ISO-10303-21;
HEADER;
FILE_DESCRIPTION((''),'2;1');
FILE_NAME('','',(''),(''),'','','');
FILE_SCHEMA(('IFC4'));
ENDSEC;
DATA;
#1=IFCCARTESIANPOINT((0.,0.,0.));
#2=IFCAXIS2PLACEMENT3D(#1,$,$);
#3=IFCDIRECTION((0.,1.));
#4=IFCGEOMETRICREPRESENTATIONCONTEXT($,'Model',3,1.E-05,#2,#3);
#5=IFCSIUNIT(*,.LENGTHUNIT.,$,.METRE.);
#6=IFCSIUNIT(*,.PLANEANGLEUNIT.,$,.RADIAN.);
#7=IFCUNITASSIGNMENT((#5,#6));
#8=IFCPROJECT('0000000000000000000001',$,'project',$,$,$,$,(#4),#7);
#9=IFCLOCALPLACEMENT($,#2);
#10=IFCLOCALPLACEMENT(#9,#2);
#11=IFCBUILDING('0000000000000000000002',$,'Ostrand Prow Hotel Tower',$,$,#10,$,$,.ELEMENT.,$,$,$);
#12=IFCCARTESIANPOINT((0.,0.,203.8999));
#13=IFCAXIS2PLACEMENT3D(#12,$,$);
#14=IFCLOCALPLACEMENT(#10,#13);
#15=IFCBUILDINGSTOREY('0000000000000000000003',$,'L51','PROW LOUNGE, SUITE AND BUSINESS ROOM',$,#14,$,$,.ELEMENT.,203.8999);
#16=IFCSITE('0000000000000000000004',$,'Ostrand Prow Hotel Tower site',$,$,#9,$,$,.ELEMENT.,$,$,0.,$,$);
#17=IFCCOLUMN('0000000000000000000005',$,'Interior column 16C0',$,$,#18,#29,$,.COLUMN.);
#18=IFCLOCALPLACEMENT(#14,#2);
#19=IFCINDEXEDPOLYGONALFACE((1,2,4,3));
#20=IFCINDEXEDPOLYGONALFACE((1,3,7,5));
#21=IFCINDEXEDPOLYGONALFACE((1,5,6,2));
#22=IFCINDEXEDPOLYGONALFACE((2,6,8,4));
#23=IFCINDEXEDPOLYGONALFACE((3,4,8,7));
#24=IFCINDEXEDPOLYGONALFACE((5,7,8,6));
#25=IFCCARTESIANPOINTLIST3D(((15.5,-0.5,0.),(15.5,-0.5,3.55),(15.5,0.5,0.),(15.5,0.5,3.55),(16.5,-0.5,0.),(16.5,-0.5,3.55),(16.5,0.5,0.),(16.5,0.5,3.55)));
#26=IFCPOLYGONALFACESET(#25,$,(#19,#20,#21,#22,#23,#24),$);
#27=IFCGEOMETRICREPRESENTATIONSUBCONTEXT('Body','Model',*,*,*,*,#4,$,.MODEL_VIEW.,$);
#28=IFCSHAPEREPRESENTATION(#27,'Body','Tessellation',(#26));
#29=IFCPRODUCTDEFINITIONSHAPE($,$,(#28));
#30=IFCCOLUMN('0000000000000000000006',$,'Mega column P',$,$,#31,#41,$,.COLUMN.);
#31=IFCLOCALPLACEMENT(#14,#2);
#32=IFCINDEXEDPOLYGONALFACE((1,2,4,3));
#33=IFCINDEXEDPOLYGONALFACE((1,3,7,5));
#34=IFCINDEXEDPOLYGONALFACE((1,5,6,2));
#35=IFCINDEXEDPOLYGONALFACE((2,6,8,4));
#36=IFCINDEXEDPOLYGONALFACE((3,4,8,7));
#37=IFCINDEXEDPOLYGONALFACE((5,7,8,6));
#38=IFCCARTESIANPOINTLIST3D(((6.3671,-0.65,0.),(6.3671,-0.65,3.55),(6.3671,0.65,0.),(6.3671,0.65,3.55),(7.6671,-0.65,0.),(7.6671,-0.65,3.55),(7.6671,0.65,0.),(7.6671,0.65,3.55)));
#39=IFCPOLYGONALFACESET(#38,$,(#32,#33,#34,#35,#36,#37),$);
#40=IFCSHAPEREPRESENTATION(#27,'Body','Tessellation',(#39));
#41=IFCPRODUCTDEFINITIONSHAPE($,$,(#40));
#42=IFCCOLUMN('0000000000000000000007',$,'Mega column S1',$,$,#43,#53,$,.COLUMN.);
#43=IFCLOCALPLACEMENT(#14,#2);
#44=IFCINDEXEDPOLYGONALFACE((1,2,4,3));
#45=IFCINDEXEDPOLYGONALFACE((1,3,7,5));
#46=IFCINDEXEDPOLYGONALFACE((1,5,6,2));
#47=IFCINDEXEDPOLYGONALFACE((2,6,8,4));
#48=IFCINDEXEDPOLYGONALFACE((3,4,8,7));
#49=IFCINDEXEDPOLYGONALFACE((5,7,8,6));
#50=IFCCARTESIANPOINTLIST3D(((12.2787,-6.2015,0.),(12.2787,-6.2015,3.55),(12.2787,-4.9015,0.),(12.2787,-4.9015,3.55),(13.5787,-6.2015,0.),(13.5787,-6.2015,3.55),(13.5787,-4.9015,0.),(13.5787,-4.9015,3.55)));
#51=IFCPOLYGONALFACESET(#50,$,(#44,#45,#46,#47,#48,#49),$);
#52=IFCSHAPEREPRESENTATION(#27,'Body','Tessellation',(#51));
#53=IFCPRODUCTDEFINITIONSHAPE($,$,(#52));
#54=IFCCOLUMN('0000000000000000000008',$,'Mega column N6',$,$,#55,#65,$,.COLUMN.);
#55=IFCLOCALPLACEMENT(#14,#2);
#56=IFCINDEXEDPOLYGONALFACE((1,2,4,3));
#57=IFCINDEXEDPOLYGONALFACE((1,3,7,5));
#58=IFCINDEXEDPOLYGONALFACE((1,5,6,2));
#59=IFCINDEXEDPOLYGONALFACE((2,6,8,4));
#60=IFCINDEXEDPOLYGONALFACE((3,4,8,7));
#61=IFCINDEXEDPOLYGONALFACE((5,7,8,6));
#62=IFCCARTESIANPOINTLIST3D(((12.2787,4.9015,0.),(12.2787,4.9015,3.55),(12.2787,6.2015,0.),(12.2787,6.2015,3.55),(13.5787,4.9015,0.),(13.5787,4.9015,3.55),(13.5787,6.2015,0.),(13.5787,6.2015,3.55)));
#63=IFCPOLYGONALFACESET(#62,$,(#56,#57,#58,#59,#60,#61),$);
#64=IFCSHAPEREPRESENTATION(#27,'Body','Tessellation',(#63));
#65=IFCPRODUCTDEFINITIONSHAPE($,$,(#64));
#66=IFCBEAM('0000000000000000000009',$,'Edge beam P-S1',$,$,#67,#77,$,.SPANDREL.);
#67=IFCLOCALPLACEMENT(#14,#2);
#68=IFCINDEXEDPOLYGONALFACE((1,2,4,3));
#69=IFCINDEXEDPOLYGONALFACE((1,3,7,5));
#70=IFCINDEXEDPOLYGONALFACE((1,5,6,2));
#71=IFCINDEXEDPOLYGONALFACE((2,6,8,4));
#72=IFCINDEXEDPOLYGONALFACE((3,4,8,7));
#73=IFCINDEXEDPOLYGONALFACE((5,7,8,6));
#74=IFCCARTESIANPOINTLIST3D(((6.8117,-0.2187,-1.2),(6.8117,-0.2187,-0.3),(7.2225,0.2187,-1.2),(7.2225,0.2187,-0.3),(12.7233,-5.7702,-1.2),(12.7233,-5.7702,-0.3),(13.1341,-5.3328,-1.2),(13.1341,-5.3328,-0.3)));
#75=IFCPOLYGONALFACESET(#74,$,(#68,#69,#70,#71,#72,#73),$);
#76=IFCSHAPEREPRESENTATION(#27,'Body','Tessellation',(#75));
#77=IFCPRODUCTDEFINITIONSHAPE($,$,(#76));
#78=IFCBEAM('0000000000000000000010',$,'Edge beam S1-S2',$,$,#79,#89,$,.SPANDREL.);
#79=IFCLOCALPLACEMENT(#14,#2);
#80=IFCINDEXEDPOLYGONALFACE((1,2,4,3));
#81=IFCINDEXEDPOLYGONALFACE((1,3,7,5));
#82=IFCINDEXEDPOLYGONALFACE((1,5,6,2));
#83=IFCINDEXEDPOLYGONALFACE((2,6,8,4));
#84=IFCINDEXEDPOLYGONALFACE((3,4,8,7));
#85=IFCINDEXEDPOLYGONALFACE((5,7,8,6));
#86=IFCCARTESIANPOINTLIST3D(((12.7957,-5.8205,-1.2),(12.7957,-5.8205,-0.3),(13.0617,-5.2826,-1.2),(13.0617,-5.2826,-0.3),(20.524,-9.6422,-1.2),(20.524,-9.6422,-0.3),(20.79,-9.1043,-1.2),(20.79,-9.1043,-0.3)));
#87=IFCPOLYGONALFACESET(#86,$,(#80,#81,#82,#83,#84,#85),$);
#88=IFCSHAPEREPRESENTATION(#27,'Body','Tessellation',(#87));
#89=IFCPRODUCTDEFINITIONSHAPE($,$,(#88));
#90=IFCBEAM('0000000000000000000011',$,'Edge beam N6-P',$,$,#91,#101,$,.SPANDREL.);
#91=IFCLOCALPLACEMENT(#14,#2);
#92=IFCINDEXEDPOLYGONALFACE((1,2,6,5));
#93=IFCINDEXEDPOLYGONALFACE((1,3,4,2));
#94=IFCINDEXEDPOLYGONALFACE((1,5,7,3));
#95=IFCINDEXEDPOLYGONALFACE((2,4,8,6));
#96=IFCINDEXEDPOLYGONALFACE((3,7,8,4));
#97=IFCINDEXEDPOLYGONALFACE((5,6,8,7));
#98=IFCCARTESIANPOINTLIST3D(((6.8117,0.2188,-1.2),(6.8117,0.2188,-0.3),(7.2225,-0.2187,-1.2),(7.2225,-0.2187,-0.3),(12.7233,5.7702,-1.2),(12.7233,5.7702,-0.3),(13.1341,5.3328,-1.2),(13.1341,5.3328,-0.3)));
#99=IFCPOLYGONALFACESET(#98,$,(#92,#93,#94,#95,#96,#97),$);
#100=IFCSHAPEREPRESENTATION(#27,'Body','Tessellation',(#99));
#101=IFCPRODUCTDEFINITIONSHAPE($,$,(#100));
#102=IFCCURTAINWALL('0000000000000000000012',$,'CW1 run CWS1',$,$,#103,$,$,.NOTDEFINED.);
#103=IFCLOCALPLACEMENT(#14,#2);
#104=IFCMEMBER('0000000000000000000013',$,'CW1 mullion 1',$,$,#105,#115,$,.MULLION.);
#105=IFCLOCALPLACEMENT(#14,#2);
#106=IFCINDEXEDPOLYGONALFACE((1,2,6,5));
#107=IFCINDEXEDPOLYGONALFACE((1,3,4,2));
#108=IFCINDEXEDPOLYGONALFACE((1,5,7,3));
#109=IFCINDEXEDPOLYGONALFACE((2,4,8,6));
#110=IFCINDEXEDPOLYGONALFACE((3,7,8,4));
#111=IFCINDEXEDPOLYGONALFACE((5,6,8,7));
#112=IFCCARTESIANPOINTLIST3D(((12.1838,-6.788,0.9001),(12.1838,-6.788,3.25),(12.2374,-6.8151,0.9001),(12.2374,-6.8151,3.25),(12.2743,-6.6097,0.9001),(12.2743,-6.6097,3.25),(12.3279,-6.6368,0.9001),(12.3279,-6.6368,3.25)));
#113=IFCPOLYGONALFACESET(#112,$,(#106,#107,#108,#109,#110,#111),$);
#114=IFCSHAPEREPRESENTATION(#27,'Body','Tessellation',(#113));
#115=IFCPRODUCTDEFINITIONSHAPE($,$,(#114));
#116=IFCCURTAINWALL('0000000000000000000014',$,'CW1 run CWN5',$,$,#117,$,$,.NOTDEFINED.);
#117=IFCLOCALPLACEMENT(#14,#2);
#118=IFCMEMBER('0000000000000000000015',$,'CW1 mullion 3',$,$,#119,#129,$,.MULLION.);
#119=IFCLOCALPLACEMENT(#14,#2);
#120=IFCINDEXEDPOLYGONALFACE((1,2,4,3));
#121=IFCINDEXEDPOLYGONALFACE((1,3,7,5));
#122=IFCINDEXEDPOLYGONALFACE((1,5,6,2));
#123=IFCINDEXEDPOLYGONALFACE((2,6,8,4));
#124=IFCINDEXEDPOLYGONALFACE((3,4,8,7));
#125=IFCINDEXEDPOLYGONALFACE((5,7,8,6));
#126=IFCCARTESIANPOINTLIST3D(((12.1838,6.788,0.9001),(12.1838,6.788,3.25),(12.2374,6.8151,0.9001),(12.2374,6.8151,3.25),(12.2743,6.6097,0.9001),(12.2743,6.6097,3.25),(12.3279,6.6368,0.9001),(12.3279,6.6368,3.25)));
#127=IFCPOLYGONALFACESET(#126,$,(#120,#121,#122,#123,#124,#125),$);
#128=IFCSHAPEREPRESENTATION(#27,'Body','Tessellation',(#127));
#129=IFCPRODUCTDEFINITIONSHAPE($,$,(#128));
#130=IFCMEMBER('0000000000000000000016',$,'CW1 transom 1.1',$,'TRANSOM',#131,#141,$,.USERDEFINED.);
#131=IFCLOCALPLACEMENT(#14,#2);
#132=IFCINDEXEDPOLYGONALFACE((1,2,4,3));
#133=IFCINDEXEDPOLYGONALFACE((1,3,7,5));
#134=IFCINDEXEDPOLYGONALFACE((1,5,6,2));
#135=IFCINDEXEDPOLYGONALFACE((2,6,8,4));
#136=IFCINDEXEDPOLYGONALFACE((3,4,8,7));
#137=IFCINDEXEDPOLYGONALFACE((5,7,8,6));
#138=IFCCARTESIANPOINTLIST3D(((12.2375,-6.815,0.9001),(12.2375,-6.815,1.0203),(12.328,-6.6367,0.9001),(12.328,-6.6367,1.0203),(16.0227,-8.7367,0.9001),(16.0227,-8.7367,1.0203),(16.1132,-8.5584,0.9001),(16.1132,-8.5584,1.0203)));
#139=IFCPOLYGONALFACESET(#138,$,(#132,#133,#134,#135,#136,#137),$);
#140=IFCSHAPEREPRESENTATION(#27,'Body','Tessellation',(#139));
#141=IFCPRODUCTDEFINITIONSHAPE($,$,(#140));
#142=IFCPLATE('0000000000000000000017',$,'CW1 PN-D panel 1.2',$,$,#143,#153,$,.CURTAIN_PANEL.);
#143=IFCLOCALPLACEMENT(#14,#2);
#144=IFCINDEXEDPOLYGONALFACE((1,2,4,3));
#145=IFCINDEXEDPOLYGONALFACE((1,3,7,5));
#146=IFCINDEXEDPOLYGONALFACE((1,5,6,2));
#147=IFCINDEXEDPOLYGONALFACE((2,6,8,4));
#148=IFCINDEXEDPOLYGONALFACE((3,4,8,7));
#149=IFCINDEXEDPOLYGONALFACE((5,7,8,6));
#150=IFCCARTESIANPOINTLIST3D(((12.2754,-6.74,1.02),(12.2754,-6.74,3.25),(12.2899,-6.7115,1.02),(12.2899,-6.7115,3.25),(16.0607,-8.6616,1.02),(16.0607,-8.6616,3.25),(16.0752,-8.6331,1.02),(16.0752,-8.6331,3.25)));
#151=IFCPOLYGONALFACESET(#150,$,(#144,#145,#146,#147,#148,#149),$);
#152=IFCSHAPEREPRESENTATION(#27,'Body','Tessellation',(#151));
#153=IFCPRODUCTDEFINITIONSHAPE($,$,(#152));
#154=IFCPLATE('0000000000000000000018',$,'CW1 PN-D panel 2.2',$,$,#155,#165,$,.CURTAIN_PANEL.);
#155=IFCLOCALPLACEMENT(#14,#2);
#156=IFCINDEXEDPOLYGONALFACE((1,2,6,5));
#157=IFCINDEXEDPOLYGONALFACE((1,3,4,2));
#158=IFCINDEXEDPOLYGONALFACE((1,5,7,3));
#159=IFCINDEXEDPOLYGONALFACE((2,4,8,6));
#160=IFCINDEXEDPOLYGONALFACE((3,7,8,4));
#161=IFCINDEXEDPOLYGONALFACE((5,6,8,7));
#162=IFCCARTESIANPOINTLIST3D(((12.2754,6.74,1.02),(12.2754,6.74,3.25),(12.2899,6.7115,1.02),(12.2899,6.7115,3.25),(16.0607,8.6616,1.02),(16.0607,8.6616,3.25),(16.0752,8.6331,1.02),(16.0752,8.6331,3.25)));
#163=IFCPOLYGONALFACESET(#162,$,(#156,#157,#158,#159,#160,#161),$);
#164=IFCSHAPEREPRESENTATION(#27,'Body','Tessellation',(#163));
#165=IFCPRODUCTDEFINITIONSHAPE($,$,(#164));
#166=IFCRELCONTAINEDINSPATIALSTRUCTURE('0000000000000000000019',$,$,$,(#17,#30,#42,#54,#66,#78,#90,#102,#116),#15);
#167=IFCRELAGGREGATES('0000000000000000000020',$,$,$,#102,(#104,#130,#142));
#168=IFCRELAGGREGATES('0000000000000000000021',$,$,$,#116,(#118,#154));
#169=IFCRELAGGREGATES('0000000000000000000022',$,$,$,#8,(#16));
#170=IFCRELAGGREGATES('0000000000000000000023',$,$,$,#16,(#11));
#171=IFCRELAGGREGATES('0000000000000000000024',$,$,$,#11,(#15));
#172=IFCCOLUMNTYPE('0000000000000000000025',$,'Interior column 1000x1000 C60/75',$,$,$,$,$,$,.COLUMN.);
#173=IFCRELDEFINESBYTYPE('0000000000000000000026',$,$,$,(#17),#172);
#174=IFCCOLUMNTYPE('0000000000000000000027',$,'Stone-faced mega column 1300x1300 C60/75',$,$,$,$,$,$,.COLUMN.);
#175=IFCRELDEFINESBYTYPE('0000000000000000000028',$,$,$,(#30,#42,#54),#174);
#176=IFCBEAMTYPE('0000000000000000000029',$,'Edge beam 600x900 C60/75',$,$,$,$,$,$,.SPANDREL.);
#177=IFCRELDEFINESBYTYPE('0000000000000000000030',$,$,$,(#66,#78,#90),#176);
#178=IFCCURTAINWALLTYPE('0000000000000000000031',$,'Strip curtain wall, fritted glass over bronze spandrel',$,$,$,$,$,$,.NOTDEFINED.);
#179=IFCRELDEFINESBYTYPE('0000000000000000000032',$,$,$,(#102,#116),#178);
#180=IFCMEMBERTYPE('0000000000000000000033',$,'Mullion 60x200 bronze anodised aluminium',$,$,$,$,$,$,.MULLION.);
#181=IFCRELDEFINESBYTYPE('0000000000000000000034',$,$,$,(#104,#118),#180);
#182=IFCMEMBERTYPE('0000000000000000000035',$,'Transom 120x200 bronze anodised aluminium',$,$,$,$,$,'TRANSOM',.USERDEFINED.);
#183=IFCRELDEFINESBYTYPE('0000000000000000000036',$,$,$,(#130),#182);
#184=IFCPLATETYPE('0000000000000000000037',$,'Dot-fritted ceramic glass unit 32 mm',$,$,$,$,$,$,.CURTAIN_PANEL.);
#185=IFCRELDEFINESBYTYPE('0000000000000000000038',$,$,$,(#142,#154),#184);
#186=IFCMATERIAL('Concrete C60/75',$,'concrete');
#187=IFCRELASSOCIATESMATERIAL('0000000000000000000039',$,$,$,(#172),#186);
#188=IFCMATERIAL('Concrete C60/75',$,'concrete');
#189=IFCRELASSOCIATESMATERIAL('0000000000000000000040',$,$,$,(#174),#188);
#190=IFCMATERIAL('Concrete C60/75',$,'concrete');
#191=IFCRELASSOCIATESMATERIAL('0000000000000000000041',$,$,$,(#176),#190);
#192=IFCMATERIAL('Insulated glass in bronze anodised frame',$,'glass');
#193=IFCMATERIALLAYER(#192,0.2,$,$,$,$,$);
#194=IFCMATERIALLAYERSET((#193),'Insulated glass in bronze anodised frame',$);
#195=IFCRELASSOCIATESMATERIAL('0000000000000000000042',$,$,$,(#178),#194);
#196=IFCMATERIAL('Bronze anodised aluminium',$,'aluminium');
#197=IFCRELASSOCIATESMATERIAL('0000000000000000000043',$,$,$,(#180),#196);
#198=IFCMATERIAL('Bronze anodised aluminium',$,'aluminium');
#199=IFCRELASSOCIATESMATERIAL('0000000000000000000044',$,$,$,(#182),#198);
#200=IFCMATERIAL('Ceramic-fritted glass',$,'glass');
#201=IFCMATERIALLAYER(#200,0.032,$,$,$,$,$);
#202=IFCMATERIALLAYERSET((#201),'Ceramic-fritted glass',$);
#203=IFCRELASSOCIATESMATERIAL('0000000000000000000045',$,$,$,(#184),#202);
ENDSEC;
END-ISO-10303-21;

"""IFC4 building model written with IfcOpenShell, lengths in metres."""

from ifc_helpers import new_model, si_unit, direction, frame, origin, origin_2d, place, context, subcontext, project, spatial, rectangle, extrude, material, layer, layer_set, material_profile, profile_set, type_object, element, aggregate, save


model = new_model("IFC4")

# Units and contexts
model_context = context("Model", 3, precision=1e-05, world=origin(), true_north=direction((0.0, 1.0)))
body_context = subcontext(model_context, "Body", "Model", "MODEL_VIEW")
ifc_project = project(units=[si_unit("LENGTHUNIT", "METRE"), si_unit("PLANEANGLEUNIT", "RADIAN")], contexts=[model_context])

# Site, building, storey
site_placement = place(None, origin())
site = spatial("IfcSite", under=ifc_project, at=site_placement, Name="Ostrand Prow Hotel Tower site", CompositionType="ELEMENT", RefElevation=0.0)
building_placement = place(site_placement, origin())
building = spatial("IfcBuilding", under=site, at=building_placement, Name="Ostrand Prow Hotel Tower", CompositionType="ELEMENT")
storey_placement = place(building_placement, frame((0.0, 0.0, 203.8999)))
storey = spatial("IfcBuildingStorey", under=building, at=storey_placement, Name="L51", Description="PROW LOUNGE, SUITE AND BUSINESS ROOM", CompositionType="ELEMENT", Elevation=203.8999)

# Columns
ifc_material_1 = material(Name="Concrete C60/75", Category="concrete")
ifc_material_profile_1 = material_profile(ifc_material_1, rectangle(XDim=1.0, YDim=1.0, at=origin_2d()), Name="RC 1000x1000")
ifc_profile_set_1 = profile_set([ifc_material_profile_1], Name="Concrete C60/75")
column_type_1 = type_object("IfcColumnType", Name="Interior column 1000x1000 C60/75", PredefinedType="COLUMN", material=ifc_profile_set_1)
column_placement = place(storey_placement, frame((16.0, 0.0, 0.0), z_axis=(0.0, 0.0, 1.0), x_axis=(1.0, 0.0, 0.0)))
element("IfcColumn", 1, at=column_placement, inside=storey, type_object=column_type_1, Name="Interior column 16C0", PredefinedType="COLUMN", context=body_context, shape_type="SweptSolid", body=[
    extrude(rectangle(XDim=1.0, YDim=1.0, at=origin_2d()), origin(), (0.0, 0.0, 1.0), 3.55),
])
ifc_material_2 = material(Name="Concrete C60/75", Category="concrete")
ifc_material_profile_2 = material_profile(ifc_material_2, rectangle(XDim=1.3, YDim=1.3, at=origin_2d()), Name="RC 1300x1300")
ifc_profile_set_2 = profile_set([ifc_material_profile_2], Name="Concrete C60/75")
column_type_2 = type_object("IfcColumnType", Name="Stone-faced mega column 1300x1300 C60/75", PredefinedType="COLUMN", material=ifc_profile_set_2)
for number, where, z_axis, x_axis, name in (
    (2, (7.0171, 0.0, 0.0), (0.0, 0.0, 1.0), (1.0, 0.0, 0.0), "Mega column P"),
    (3, (12.9287, -5.5515, 0.0), (0.0, 0.0, 1.0), (1.0, 0.0, 0.0), "Mega column S1"),
    (4, (12.9287, 5.5515, 0.0), (0.0, 0.0, 1.0), (1.0, 0.0, 0.0), "Mega column N6"),
):
    element("IfcColumn", number, at=place(storey_placement, frame(where, z_axis=z_axis, x_axis=x_axis)), inside=storey, type_object=column_type_2, Name=name, PredefinedType="COLUMN", context=body_context, shape_type="SweptSolid", body=[
        extrude(rectangle(XDim=1.3, YDim=1.3, at=origin_2d()), origin(), (0.0, 0.0, 1.0), 3.55),
    ])

# Beams
ifc_material_3 = material(Name="Concrete C60/75", Category="concrete")
ifc_material_profile_3 = material_profile(ifc_material_3, rectangle(XDim=0.6001, YDim=0.8999, at=origin_2d()), Name="RC 600x900")
ifc_profile_set_3 = profile_set([ifc_material_profile_3], Name="Concrete C60/75")
beam_type = type_object("IfcBeamType", Name="Edge beam 600x900 C60/75", PredefinedType="SPANDREL", material=ifc_profile_set_3)
beam_1_placement = place(storey_placement, frame((7.0171, 0.0, -0.75), z_axis=(0.728961, -0.684556, 0.0), x_axis=(0.684556, 0.728961, 0.0)))
element("IfcBeam", 5, at=beam_1_placement, inside=storey, type_object=beam_type, Name="Edge beam P-S1", PredefinedType="SPANDREL", context=body_context, shape_type="SweptSolid", body=[
    extrude(rectangle(XDim=0.6001, YDim=0.8999, at=origin_2d()), origin(), (0.0, 0.0, 1.0), 8.1096),
])
beam_2_placement = place(storey_placement, frame((12.9287, -5.5515, -0.75), z_axis=(0.896384, -0.443279, 0.0), x_axis=(0.443279, 0.896384, 0.0)))
element("IfcBeam", 6, at=beam_2_placement, inside=storey, type_object=beam_type, Name="Edge beam S1-S2", PredefinedType="SPANDREL", context=body_context, shape_type="SweptSolid", body=[
    extrude(rectangle(XDim=0.6001, YDim=0.8999, at=origin_2d()), origin(), (0.0, 0.0, 1.0), 8.6216),
])
beam_3_placement = place(storey_placement, frame((12.9287, 5.5515, -0.75), z_axis=(-0.728961, -0.684556, 0.0), x_axis=(0.684556, -0.728961, 0.0)))
element("IfcBeam", 7, at=beam_3_placement, inside=storey, type_object=beam_type, Name="Edge beam N6-P", PredefinedType="SPANDREL", context=body_context, shape_type="SweptSolid", body=[
    extrude(rectangle(XDim=0.6001, YDim=0.8999, at=origin_2d()), origin(), (0.0, 0.0, 1.0), 8.1096),
])

# Curtain walls, members
ifc_material_4 = material(Name="Insulated glass in bronze anodised frame", Category="glass")
ifc_layer_1 = layer(ifc_material_4, 0.2)
ifc_layer_set_1 = layer_set([ifc_layer_1], Name="Insulated glass in bronze anodised frame")
curtain_wall_type = type_object("IfcCurtainWallType", Name="Strip curtain wall, fritted glass over bronze spandrel", PredefinedType="NOTDEFINED", material=ifc_layer_set_1)
curtain_wall_1_placement = place(storey_placement, origin())
curtain_wall_1 = element("IfcCurtainWall", 8, at=curtain_wall_1_placement, inside=storey, type_object=curtain_wall_type, Name="CW1 run CWS1", PredefinedType="NOTDEFINED")
ifc_material_5 = material(Name="Bronze anodised aluminium", Category="aluminium")
ifc_material_profile_4 = material_profile(ifc_material_5, rectangle(XDim=0.2, YDim=0.0601, at=origin_2d()), Name="Mullion 60x200 bronze anodised aluminium")
ifc_profile_set_4 = profile_set([ifc_material_profile_4], Name="Bronze anodised aluminium")
member_type_1 = type_object("IfcMemberType", Name="Mullion 60x200 bronze anodised aluminium", PredefinedType="MULLION", material=ifc_profile_set_4)
member_1_placement = place(storey_placement, frame((12.2559, -6.7124, 0.9001), z_axis=(0.0, 0.0, 1.0), x_axis=(0.452659, 0.891684, 0.0)))
member_1 = element("IfcMember", 9, at=member_1_placement, type_object=member_type_1, Name="CW1 mullion 1", PredefinedType="MULLION", context=body_context, shape_type="SweptSolid", body=[
    extrude(rectangle(XDim=0.2, YDim=0.0601, at=origin_2d()), origin(), (0.0, 0.0, 1.0), 2.3499),
])
curtain_wall_2_placement = place(storey_placement, origin())
curtain_wall_2 = element("IfcCurtainWall", 10, at=curtain_wall_2_placement, inside=storey, type_object=curtain_wall_type, Name="CW1 run CWN5", PredefinedType="NOTDEFINED")
member_2_placement = place(storey_placement, frame((12.2559, 6.7124, 0.9001), z_axis=(0.0, 0.0, 1.0), x_axis=(0.452659, -0.891684, 0.0)))
member_2 = element("IfcMember", 11, at=member_2_placement, type_object=member_type_1, Name="CW1 mullion 3", PredefinedType="MULLION", context=body_context, shape_type="SweptSolid", body=[
    extrude(rectangle(XDim=0.2, YDim=0.0601, at=origin_2d()), origin(), (0.0, 0.0, 1.0), 2.3499),
])

# Member
ifc_material_6 = material(Name="Bronze anodised aluminium", Category="aluminium")
ifc_material_profile_5 = material_profile(ifc_material_6, rectangle(XDim=0.2, YDim=0.1201, at=origin_2d()), Name="Transom 120x200 bronze anodised aluminium")
ifc_profile_set_5 = profile_set([ifc_material_profile_5], Name="Bronze anodised aluminium")
member_type_2 = type_object("IfcMemberType", Name="Transom 120x200 bronze anodised aluminium", ElementType="TRANSOM", PredefinedType="USERDEFINED", material=ifc_profile_set_5)
member_3_placement = place(storey_placement, frame((12.2827, -6.7258, 0.9602), z_axis=(0.891673, -0.45268, 0.0), x_axis=(0.45268, 0.891673, 0.0)))
member_3 = element("IfcMember", 12, at=member_3_placement, type_object=member_type_2, Name="CW1 transom 1.1", ObjectType="TRANSOM", PredefinedType="USERDEFINED", context=body_context, shape_type="SweptSolid", body=[
    extrude(rectangle(XDim=0.2, YDim=0.1201, at=origin_2d()), origin(), (0.0, 0.0, 1.0), 4.2451),
])

# Plates
ifc_material_7 = material(Name="Ceramic-fritted glass", Category="glass")
ifc_layer_2 = layer(ifc_material_7, 0.032)
ifc_layer_set_2 = layer_set([ifc_layer_2], Name="Ceramic-fritted glass")
plate_type = type_object("IfcPlateType", Name="Dot-fritted ceramic glass unit 32 mm", PredefinedType="CURTAIN_PANEL", material=ifc_layer_set_2)
plate_1_placement = place(storey_placement, frame((14.1753, -7.6865, 1.02), z_axis=(0.0, 0.0, 1.0), x_axis=(0.891684, -0.452659, 0.0)))
plate_1 = element("IfcPlate", 13, at=plate_1_placement, type_object=plate_type, Name="CW1 PN-D panel 1.2", PredefinedType="CURTAIN_PANEL", context=body_context, shape_type="SweptSolid", body=[
    extrude(rectangle(XDim=4.2451, YDim=0.032, at=origin_2d()), origin(), (0.0, 0.0, 1.0), 2.23),
])
aggregate(curtain_wall_1, [member_1, member_3, plate_1])
plate_2_placement = place(storey_placement, frame((14.1753, 7.6865, 1.02), z_axis=(0.0, 0.0, 1.0), x_axis=(-0.891684, -0.452659, 0.0)))
plate_2 = element("IfcPlate", 14, at=plate_2_placement, type_object=plate_type, Name="CW1 PN-D panel 2.2", PredefinedType="CURTAIN_PANEL", context=body_context, shape_type="SweptSolid", body=[
    extrude(rectangle(XDim=4.2451, YDim=0.032, at=origin_2d()), origin(), (0.0, 0.0, 1.0), 2.23),
])
aggregate(curtain_wall_2, [member_2, plate_2])

save(model, "model.ifc")
